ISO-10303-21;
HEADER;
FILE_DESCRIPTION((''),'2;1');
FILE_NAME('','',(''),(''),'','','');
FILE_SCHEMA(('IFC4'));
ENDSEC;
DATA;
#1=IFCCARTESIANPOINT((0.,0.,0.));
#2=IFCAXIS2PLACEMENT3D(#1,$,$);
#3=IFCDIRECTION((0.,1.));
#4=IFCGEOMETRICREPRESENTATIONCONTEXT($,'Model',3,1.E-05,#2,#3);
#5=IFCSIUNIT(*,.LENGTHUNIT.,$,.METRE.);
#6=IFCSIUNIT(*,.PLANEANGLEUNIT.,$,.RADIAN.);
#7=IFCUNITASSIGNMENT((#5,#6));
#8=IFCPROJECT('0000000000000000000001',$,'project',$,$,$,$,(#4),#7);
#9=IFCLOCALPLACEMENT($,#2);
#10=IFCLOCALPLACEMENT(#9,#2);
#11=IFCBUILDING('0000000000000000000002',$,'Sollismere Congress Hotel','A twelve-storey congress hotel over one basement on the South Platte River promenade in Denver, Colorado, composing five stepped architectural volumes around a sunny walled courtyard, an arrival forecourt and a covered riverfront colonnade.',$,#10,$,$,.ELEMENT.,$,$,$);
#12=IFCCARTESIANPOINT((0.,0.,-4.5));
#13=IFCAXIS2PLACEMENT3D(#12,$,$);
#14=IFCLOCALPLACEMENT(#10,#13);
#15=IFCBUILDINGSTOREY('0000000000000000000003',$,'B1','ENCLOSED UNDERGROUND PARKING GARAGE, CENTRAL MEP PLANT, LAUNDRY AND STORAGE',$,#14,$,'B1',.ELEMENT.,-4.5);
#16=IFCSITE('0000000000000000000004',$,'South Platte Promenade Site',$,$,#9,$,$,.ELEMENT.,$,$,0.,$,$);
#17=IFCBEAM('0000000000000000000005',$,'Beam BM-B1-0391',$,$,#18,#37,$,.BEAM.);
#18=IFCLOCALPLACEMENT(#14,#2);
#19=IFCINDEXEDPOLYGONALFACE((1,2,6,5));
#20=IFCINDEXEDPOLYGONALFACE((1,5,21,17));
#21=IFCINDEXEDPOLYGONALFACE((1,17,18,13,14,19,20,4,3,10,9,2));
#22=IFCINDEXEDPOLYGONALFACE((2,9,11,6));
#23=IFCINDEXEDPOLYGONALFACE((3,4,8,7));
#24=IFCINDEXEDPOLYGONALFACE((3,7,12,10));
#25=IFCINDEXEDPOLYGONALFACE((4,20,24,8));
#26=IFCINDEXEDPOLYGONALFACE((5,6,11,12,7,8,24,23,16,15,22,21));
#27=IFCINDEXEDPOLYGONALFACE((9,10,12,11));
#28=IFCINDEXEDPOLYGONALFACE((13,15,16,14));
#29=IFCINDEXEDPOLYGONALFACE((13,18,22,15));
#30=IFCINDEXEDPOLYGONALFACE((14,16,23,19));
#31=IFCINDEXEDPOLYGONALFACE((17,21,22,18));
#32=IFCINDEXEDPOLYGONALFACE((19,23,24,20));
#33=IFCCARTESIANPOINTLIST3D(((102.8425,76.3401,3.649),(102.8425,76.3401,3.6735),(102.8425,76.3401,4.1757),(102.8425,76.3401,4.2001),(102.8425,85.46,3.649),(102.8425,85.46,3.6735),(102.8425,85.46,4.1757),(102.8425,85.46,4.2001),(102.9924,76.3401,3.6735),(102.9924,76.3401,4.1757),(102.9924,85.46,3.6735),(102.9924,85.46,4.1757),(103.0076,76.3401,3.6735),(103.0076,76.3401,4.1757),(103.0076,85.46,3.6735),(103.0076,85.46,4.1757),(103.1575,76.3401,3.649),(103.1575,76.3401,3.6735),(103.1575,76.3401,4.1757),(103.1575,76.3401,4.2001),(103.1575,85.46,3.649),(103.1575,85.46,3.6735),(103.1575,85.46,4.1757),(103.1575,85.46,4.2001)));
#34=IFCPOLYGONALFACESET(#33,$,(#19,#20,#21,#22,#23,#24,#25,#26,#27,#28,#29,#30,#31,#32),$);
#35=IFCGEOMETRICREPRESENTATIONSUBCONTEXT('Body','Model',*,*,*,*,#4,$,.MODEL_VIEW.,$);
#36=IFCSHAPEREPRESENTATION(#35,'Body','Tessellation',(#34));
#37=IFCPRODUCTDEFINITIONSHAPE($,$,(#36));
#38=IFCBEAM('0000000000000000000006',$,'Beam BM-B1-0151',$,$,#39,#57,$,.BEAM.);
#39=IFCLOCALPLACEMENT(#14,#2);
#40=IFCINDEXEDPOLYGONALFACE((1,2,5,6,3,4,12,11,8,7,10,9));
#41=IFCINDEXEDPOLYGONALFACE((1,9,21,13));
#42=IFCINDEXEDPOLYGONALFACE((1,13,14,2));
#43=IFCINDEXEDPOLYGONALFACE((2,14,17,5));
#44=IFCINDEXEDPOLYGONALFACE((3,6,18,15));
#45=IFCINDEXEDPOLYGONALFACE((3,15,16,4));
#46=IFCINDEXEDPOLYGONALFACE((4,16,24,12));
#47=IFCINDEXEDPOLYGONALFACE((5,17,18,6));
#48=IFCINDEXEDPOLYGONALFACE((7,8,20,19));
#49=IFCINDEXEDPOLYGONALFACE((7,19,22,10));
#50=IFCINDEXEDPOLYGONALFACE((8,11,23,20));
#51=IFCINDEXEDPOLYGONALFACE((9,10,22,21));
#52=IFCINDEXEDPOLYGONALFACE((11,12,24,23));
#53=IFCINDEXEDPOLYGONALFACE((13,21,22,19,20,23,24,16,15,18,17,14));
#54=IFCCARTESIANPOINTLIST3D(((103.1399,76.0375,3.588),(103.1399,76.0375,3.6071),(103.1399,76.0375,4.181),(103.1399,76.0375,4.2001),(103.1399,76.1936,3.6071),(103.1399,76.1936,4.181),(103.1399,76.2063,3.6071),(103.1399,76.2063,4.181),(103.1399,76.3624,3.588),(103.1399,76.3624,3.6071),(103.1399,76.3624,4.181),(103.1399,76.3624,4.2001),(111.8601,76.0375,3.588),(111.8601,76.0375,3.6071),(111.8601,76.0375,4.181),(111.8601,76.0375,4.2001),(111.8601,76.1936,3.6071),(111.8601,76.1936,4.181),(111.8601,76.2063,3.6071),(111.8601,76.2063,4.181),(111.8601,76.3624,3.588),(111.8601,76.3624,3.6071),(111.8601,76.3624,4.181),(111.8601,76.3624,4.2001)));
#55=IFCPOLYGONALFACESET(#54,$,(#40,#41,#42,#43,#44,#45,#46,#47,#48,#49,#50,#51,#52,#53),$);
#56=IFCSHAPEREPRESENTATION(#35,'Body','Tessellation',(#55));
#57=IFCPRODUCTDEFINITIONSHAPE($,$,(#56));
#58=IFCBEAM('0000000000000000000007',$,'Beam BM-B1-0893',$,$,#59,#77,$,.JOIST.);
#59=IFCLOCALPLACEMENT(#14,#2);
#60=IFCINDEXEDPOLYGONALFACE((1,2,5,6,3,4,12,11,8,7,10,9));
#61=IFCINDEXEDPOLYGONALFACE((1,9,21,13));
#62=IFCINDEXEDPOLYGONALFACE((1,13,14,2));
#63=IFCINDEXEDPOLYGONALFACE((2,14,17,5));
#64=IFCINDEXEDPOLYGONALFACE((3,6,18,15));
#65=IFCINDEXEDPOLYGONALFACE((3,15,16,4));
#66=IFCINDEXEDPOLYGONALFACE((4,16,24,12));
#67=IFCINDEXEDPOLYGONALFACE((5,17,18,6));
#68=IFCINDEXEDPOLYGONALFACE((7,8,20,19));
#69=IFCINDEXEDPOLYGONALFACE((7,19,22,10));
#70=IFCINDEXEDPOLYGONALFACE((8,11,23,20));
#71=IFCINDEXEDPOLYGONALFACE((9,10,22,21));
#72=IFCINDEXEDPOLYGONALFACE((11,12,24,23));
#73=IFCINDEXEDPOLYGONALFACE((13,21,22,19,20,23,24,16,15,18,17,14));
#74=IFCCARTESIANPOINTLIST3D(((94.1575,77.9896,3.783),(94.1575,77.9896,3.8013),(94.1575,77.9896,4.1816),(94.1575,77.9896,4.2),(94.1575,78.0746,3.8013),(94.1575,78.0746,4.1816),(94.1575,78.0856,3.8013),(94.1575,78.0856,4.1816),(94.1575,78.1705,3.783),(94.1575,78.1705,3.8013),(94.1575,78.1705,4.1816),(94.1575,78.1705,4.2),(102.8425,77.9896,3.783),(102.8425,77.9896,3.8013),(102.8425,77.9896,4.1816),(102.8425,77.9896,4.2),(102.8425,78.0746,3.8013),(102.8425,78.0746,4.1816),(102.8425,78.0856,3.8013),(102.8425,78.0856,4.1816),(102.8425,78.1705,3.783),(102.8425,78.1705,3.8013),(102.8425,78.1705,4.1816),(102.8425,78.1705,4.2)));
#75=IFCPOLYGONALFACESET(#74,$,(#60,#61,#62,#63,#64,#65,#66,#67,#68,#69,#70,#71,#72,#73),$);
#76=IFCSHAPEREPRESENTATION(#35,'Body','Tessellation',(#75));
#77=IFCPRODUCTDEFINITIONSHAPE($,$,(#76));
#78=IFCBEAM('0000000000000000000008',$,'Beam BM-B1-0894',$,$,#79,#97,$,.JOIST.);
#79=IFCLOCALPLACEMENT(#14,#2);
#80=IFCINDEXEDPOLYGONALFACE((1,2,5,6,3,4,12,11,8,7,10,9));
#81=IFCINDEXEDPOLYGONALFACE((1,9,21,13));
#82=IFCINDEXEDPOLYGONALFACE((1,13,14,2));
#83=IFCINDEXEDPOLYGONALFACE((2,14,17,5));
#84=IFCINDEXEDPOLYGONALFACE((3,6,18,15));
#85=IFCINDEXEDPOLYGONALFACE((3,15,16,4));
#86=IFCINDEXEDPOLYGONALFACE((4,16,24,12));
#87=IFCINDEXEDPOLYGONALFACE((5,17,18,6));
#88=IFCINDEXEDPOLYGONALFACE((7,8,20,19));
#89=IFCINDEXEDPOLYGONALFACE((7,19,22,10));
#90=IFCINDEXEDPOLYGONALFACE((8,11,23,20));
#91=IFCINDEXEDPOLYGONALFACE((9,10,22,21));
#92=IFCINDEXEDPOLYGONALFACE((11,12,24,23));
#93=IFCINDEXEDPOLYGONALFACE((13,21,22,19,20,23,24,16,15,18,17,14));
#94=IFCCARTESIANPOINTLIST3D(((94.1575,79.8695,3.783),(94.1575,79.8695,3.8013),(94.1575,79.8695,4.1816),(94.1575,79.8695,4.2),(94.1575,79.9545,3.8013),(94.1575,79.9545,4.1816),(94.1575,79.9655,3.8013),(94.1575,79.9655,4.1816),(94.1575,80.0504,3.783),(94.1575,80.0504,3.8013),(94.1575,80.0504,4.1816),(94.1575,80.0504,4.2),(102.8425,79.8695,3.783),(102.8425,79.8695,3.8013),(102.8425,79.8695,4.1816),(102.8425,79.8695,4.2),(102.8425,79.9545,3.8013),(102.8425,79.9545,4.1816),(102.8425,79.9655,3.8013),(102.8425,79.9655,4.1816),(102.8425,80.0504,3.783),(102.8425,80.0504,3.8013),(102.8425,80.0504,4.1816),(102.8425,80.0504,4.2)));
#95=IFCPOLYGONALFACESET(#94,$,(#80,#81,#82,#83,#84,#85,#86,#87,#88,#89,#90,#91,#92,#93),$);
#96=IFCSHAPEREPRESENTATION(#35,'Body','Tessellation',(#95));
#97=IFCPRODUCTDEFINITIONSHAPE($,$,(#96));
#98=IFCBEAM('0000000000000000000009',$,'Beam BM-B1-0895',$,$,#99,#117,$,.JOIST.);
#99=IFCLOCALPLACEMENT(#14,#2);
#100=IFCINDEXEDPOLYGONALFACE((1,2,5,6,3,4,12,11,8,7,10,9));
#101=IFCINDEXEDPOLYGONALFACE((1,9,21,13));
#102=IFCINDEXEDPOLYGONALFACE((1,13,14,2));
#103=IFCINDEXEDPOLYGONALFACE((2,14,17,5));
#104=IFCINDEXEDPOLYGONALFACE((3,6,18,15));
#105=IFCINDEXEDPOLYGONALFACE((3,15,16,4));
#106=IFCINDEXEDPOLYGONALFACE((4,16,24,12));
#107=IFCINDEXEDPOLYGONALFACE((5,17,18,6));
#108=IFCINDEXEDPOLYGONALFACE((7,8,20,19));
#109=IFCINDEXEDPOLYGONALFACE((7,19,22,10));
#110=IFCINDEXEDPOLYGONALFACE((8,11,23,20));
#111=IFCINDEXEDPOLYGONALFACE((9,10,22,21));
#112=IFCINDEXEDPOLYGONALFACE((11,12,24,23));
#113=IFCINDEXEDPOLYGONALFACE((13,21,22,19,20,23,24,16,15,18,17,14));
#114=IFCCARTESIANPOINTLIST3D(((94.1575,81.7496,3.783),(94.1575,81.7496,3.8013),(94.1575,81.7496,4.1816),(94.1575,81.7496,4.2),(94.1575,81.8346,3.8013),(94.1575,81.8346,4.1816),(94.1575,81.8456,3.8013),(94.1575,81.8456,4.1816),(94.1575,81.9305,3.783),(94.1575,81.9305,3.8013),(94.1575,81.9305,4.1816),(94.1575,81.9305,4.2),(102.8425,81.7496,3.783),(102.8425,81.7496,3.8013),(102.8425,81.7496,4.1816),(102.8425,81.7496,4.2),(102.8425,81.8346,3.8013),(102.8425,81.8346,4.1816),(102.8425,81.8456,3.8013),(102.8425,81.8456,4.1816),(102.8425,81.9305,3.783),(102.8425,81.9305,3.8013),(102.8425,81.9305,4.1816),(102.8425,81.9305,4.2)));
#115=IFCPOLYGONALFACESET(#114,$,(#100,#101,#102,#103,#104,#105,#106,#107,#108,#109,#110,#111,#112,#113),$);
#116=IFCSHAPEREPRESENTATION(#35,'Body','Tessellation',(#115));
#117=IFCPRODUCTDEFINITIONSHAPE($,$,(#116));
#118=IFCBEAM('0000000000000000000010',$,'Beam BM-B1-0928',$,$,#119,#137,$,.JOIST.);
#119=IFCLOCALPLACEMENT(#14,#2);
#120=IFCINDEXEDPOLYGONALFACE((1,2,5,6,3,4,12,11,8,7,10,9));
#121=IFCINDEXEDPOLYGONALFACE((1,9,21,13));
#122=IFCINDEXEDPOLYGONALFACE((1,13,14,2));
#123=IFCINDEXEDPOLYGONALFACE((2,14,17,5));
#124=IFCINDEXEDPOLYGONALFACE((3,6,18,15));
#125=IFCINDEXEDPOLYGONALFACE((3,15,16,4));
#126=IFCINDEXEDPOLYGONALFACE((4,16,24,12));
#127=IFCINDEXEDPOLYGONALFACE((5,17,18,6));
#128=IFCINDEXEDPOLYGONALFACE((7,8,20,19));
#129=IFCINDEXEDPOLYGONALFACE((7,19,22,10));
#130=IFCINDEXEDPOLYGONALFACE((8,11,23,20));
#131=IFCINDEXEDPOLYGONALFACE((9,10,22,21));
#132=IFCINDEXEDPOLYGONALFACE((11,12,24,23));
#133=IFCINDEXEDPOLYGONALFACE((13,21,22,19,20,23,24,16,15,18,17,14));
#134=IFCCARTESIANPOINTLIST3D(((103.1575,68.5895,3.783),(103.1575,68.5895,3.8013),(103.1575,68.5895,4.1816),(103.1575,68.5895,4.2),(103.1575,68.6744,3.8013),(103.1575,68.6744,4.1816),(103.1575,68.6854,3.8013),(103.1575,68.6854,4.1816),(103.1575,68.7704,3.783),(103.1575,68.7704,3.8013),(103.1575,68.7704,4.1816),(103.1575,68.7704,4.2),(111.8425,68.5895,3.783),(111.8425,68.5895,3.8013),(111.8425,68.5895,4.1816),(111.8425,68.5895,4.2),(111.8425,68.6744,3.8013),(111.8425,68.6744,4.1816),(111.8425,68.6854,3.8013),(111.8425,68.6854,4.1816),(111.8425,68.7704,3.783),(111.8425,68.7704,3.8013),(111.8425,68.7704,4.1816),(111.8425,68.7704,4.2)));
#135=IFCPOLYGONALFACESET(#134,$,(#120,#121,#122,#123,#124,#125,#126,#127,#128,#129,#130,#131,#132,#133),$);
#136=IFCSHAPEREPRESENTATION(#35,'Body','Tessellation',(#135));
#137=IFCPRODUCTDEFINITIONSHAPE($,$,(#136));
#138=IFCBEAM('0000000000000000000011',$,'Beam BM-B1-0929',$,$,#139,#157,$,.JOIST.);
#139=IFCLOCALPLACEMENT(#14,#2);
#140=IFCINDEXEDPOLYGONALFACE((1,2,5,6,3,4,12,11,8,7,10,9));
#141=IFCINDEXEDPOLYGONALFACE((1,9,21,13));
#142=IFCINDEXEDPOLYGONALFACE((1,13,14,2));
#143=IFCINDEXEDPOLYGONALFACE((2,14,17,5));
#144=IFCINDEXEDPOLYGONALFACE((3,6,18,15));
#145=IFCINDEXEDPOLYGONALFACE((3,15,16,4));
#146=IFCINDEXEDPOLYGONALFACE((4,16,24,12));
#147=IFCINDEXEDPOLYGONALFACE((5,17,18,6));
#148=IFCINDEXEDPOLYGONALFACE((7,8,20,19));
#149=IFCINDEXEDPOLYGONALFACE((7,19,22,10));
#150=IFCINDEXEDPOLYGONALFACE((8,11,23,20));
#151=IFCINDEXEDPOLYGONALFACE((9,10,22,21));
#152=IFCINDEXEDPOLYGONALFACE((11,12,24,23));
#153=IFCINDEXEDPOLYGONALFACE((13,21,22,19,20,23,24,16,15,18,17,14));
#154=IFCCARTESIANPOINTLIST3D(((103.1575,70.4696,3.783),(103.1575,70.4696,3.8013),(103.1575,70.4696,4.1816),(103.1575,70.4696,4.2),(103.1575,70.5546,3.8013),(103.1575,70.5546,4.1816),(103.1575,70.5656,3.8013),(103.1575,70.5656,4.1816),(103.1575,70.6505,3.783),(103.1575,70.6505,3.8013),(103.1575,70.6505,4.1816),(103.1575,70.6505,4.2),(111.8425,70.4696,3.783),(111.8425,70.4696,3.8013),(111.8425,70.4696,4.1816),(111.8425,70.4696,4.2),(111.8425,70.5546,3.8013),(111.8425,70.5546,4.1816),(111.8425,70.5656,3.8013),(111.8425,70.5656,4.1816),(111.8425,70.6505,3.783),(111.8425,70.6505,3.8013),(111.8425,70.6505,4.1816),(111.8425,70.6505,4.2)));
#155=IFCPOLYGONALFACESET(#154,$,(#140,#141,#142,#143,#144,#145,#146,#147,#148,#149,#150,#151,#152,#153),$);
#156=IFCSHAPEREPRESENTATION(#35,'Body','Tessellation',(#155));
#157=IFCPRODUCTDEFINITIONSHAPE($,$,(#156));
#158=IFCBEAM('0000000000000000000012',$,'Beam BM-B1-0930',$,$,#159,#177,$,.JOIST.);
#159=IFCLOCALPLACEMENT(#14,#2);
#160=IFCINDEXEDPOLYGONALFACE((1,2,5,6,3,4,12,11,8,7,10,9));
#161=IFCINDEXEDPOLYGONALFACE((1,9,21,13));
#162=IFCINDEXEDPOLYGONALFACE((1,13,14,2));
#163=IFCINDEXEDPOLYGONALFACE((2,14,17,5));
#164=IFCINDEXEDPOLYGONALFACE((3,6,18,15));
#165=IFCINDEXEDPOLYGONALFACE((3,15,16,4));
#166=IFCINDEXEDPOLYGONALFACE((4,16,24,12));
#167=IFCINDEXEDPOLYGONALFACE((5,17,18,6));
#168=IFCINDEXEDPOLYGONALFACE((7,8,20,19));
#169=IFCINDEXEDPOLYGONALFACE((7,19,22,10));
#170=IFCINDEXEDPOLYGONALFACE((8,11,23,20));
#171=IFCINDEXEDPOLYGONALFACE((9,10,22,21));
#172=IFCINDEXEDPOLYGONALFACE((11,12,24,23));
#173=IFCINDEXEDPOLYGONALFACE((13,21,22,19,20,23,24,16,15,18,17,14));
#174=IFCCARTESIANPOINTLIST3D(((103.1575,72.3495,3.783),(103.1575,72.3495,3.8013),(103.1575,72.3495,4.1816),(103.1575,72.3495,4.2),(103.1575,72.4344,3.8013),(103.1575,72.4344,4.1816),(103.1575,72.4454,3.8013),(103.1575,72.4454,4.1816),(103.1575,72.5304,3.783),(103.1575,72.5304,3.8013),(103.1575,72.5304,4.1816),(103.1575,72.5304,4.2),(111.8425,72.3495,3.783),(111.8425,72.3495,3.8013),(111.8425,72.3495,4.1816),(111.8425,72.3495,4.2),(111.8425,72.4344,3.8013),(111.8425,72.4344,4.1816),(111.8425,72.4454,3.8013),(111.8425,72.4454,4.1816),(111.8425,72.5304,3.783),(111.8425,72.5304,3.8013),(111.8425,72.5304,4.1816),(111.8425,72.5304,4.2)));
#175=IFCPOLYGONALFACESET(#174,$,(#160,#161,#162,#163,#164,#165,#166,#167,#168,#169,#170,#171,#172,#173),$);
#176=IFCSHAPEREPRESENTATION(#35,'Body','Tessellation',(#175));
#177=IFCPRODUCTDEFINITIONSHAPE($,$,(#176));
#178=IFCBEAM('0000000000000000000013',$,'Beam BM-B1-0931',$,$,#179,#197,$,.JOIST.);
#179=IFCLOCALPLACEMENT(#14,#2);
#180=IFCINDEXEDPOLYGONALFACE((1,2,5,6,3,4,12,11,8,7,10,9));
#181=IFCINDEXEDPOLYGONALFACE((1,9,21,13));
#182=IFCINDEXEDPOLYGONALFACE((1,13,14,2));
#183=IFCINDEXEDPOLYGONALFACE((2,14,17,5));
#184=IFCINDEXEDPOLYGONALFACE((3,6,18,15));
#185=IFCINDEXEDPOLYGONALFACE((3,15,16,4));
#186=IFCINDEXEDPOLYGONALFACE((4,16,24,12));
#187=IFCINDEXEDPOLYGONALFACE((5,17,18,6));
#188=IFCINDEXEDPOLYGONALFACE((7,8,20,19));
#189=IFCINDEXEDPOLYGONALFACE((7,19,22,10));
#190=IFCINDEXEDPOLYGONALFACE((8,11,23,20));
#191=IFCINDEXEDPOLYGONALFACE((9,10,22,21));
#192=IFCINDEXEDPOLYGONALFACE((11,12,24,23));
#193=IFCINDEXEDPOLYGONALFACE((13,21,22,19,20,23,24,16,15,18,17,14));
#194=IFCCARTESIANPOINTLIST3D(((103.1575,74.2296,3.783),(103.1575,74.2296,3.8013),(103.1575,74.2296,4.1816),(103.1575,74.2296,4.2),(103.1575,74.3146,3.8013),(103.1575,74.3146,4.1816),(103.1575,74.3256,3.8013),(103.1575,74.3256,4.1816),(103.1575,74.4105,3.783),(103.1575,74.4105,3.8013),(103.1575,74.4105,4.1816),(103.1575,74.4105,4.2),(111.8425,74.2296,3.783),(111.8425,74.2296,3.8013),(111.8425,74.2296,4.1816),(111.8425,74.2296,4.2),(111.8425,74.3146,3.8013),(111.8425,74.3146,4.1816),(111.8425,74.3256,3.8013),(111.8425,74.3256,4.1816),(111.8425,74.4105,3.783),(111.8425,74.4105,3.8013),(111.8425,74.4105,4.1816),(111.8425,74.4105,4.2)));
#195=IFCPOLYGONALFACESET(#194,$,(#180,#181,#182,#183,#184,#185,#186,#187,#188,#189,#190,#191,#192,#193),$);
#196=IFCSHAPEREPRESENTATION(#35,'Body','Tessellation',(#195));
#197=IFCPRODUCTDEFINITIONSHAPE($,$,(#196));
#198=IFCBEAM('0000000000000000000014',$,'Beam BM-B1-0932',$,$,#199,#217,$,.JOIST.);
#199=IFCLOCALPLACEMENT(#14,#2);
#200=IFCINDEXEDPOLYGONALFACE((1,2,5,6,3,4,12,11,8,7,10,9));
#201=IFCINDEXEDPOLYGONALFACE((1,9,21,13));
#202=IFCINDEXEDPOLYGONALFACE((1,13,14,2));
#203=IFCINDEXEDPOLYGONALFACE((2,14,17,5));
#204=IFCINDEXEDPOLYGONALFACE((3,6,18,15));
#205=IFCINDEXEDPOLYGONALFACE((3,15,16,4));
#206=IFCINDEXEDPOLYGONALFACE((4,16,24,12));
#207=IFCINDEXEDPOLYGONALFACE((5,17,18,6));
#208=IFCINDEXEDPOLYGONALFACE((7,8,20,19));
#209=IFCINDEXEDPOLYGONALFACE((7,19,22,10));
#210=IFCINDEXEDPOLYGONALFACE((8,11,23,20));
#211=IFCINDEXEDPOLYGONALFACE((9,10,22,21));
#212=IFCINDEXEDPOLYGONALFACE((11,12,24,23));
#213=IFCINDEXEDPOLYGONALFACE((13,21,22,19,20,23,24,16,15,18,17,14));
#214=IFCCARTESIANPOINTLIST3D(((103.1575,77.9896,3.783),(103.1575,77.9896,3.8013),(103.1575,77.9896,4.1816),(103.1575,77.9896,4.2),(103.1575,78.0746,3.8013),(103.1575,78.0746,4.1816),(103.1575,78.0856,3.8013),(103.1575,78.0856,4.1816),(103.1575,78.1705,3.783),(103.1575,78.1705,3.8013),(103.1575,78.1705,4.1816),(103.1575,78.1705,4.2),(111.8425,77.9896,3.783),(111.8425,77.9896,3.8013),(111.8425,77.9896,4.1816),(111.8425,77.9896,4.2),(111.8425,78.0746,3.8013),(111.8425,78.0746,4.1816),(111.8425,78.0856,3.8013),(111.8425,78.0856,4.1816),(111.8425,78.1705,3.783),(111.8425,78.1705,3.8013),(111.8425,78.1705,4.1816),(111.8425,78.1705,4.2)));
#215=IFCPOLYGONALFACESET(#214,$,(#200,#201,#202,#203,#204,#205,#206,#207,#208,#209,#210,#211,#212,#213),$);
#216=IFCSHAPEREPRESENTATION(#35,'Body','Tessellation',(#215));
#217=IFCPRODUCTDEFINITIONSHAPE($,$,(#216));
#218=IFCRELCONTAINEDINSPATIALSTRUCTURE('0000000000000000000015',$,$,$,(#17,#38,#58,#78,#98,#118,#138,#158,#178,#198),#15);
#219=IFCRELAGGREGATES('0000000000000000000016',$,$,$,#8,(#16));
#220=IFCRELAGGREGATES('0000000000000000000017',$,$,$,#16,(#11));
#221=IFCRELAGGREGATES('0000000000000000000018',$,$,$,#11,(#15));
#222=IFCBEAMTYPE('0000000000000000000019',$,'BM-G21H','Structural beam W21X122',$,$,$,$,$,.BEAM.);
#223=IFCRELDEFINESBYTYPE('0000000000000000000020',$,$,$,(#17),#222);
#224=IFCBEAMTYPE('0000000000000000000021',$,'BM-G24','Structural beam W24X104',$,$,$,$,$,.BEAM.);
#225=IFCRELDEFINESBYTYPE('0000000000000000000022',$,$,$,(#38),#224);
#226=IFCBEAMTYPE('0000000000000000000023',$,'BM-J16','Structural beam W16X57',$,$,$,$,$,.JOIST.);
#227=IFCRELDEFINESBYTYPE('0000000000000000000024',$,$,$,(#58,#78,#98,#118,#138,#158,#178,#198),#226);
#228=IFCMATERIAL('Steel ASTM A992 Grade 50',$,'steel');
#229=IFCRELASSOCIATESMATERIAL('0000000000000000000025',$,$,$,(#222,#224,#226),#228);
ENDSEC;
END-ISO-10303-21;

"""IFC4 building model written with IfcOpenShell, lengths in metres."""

from ifc_helpers import new_model, si_unit, direction, frame, origin, origin_2d, place, context, subcontext, project, spatial, i_section, extrude, material, material_profile, profile_set, type_object, element, save


model = new_model("IFC4")

# Units and contexts
model_context = context("Model", 3, precision=1e-05, world=origin(), true_north=direction((0.0, 1.0)))
body_context = subcontext(model_context, "Body", "Model", "MODEL_VIEW")
ifc_project = project(units=[si_unit("LENGTHUNIT", "METRE"), si_unit("PLANEANGLEUNIT", "RADIAN")], contexts=[model_context])

# Site, building, storey
site_placement = place(None, origin())
site = spatial("IfcSite", under=ifc_project, at=site_placement, Name="South Platte Promenade Site", CompositionType="ELEMENT", RefElevation=0.0)
building_placement = place(site_placement, origin())
building = spatial("IfcBuilding", under=site, at=building_placement, Name="Sollismere Congress Hotel", Description="A twelve-storey congress hotel over one basement on the South Platte River promenade in Denver, Colorado, composing five stepped architectural volumes around a sunny walled courtyard, an arrival forecourt and a covered riverfront colonnade.", CompositionType="ELEMENT")
storey_placement = place(building_placement, frame((0.0, 0.0, -4.5)))
storey = spatial("IfcBuildingStorey", under=building, at=storey_placement, Name="B1", Description="ENCLOSED UNDERGROUND PARKING GARAGE, CENTRAL MEP PLANT, LAUNDRY AND STORAGE", LongName="B1", CompositionType="ELEMENT", Elevation=-4.5)

# Beams
ifc_material_1 = material(Name="Steel ASTM A992 Grade 50", Category="steel")
ifc_material_profile_1 = material_profile(ifc_material_1, i_section(OverallWidth=0.3149, OverallDepth=0.551, WebThickness=0.0151, FlangeThickness=0.0244, at=origin_2d()), Name="W21X122")
ifc_profile_set_1 = profile_set([ifc_material_profile_1], Name="Steel ASTM A992 Grade 50")
beam_type_1 = type_object("IfcBeamType", Name="BM-G21H", Description="Structural beam W21X122", PredefinedType="BEAM", material=ifc_profile_set_1)
beam_1_placement = place(storey_placement, frame((103.0, 76.3401, 3.9246), z_axis=(0.0, 1.0, 0.0), x_axis=(-1.0, 0.0, 0.0)))
element("IfcBeam", 1, at=beam_1_placement, inside=storey, type_object=beam_type_1, Name="Beam BM-B1-0391", PredefinedType="BEAM", context=body_context, shape_type="SweptSolid", body=[
    extrude(i_section(OverallWidth=0.3149, OverallDepth=0.551, WebThickness=0.0151, FlangeThickness=0.0244, at=origin_2d()), origin(), (0.0, 0.0, 1.0), 9.1199),
])
ifc_material_profile_2 = material_profile(ifc_material_1, i_section(OverallWidth=0.325, OverallDepth=0.6121, WebThickness=0.0127, FlangeThickness=0.019, at=origin_2d()), Name="W24X104")
ifc_profile_set_2 = profile_set([ifc_material_profile_2], Name="Steel ASTM A992 Grade 50")
beam_type_2 = type_object("IfcBeamType", Name="BM-G24", Description="Structural beam W24X104", PredefinedType="BEAM", material=ifc_profile_set_2)
beam_2_placement = place(storey_placement, frame((103.1399, 76.2, 3.894), z_axis=(1.0, 0.0, 0.0), x_axis=(0.0, 1.0, 0.0)))
element("IfcBeam", 2, at=beam_2_placement, inside=storey, type_object=beam_type_2, Name="Beam BM-B1-0151", PredefinedType="BEAM", context=body_context, shape_type="SweptSolid", body=[
    extrude(i_section(OverallWidth=0.325, OverallDepth=0.6121, WebThickness=0.0127, FlangeThickness=0.019, at=origin_2d()), origin(), (0.0, 0.0, 1.0), 8.7202),
])
ifc_material_profile_3 = material_profile(ifc_material_1, i_section(OverallWidth=0.1809, OverallDepth=0.417, WebThickness=0.011, FlangeThickness=0.0183, at=origin_2d()), Name="W16X57")
ifc_profile_set_3 = profile_set([ifc_material_profile_3], Name="Steel ASTM A992 Grade 50")
beam_type_3 = type_object("IfcBeamType", Name="BM-J16", Description="Structural beam W16X57", PredefinedType="JOIST", material=ifc_profile_set_3)
for number, where, z_axis, x_axis, name in (
    (3, (94.1575, 78.0801, 3.9915), (1.0, 0.0, 0.0), (0.0, 1.0, 0.0), "Beam BM-B1-0893"),
    (4, (94.1575, 79.96, 3.9915), (1.0, 0.0, 0.0), (0.0, 1.0, 0.0), "Beam BM-B1-0894"),
    (5, (94.1575, 81.8401, 3.9915), (1.0, 0.0, 0.0), (0.0, 1.0, 0.0), "Beam BM-B1-0895"),
    (6, (103.1575, 68.6799, 3.9915), (1.0, 0.0, 0.0), (0.0, 1.0, 0.0), "Beam BM-B1-0928"),
    (7, (103.1575, 70.5601, 3.9915), (1.0, 0.0, 0.0), (0.0, 1.0, 0.0), "Beam BM-B1-0929"),
    (8, (103.1575, 72.4399, 3.9915), (1.0, 0.0, 0.0), (0.0, 1.0, 0.0), "Beam BM-B1-0930"),
    (9, (103.1575, 74.3201, 3.9915), (1.0, 0.0, 0.0), (0.0, 1.0, 0.0), "Beam BM-B1-0931"),
    (10, (103.1575, 78.0801, 3.9915), (1.0, 0.0, 0.0), (0.0, 1.0, 0.0), "Beam BM-B1-0932"),
):
    element("IfcBeam", number, at=place(storey_placement, frame(where, z_axis=z_axis, x_axis=x_axis)), inside=storey, type_object=beam_type_3, Name=name, PredefinedType="JOIST", context=body_context, shape_type="SweptSolid", body=[
        extrude(i_section(OverallWidth=0.1809, OverallDepth=0.417, WebThickness=0.011, FlangeThickness=0.0183, at=origin_2d()), origin(), (0.0, 0.0, 1.0), 8.6851),
    ])

save(model, "model.ifc")
